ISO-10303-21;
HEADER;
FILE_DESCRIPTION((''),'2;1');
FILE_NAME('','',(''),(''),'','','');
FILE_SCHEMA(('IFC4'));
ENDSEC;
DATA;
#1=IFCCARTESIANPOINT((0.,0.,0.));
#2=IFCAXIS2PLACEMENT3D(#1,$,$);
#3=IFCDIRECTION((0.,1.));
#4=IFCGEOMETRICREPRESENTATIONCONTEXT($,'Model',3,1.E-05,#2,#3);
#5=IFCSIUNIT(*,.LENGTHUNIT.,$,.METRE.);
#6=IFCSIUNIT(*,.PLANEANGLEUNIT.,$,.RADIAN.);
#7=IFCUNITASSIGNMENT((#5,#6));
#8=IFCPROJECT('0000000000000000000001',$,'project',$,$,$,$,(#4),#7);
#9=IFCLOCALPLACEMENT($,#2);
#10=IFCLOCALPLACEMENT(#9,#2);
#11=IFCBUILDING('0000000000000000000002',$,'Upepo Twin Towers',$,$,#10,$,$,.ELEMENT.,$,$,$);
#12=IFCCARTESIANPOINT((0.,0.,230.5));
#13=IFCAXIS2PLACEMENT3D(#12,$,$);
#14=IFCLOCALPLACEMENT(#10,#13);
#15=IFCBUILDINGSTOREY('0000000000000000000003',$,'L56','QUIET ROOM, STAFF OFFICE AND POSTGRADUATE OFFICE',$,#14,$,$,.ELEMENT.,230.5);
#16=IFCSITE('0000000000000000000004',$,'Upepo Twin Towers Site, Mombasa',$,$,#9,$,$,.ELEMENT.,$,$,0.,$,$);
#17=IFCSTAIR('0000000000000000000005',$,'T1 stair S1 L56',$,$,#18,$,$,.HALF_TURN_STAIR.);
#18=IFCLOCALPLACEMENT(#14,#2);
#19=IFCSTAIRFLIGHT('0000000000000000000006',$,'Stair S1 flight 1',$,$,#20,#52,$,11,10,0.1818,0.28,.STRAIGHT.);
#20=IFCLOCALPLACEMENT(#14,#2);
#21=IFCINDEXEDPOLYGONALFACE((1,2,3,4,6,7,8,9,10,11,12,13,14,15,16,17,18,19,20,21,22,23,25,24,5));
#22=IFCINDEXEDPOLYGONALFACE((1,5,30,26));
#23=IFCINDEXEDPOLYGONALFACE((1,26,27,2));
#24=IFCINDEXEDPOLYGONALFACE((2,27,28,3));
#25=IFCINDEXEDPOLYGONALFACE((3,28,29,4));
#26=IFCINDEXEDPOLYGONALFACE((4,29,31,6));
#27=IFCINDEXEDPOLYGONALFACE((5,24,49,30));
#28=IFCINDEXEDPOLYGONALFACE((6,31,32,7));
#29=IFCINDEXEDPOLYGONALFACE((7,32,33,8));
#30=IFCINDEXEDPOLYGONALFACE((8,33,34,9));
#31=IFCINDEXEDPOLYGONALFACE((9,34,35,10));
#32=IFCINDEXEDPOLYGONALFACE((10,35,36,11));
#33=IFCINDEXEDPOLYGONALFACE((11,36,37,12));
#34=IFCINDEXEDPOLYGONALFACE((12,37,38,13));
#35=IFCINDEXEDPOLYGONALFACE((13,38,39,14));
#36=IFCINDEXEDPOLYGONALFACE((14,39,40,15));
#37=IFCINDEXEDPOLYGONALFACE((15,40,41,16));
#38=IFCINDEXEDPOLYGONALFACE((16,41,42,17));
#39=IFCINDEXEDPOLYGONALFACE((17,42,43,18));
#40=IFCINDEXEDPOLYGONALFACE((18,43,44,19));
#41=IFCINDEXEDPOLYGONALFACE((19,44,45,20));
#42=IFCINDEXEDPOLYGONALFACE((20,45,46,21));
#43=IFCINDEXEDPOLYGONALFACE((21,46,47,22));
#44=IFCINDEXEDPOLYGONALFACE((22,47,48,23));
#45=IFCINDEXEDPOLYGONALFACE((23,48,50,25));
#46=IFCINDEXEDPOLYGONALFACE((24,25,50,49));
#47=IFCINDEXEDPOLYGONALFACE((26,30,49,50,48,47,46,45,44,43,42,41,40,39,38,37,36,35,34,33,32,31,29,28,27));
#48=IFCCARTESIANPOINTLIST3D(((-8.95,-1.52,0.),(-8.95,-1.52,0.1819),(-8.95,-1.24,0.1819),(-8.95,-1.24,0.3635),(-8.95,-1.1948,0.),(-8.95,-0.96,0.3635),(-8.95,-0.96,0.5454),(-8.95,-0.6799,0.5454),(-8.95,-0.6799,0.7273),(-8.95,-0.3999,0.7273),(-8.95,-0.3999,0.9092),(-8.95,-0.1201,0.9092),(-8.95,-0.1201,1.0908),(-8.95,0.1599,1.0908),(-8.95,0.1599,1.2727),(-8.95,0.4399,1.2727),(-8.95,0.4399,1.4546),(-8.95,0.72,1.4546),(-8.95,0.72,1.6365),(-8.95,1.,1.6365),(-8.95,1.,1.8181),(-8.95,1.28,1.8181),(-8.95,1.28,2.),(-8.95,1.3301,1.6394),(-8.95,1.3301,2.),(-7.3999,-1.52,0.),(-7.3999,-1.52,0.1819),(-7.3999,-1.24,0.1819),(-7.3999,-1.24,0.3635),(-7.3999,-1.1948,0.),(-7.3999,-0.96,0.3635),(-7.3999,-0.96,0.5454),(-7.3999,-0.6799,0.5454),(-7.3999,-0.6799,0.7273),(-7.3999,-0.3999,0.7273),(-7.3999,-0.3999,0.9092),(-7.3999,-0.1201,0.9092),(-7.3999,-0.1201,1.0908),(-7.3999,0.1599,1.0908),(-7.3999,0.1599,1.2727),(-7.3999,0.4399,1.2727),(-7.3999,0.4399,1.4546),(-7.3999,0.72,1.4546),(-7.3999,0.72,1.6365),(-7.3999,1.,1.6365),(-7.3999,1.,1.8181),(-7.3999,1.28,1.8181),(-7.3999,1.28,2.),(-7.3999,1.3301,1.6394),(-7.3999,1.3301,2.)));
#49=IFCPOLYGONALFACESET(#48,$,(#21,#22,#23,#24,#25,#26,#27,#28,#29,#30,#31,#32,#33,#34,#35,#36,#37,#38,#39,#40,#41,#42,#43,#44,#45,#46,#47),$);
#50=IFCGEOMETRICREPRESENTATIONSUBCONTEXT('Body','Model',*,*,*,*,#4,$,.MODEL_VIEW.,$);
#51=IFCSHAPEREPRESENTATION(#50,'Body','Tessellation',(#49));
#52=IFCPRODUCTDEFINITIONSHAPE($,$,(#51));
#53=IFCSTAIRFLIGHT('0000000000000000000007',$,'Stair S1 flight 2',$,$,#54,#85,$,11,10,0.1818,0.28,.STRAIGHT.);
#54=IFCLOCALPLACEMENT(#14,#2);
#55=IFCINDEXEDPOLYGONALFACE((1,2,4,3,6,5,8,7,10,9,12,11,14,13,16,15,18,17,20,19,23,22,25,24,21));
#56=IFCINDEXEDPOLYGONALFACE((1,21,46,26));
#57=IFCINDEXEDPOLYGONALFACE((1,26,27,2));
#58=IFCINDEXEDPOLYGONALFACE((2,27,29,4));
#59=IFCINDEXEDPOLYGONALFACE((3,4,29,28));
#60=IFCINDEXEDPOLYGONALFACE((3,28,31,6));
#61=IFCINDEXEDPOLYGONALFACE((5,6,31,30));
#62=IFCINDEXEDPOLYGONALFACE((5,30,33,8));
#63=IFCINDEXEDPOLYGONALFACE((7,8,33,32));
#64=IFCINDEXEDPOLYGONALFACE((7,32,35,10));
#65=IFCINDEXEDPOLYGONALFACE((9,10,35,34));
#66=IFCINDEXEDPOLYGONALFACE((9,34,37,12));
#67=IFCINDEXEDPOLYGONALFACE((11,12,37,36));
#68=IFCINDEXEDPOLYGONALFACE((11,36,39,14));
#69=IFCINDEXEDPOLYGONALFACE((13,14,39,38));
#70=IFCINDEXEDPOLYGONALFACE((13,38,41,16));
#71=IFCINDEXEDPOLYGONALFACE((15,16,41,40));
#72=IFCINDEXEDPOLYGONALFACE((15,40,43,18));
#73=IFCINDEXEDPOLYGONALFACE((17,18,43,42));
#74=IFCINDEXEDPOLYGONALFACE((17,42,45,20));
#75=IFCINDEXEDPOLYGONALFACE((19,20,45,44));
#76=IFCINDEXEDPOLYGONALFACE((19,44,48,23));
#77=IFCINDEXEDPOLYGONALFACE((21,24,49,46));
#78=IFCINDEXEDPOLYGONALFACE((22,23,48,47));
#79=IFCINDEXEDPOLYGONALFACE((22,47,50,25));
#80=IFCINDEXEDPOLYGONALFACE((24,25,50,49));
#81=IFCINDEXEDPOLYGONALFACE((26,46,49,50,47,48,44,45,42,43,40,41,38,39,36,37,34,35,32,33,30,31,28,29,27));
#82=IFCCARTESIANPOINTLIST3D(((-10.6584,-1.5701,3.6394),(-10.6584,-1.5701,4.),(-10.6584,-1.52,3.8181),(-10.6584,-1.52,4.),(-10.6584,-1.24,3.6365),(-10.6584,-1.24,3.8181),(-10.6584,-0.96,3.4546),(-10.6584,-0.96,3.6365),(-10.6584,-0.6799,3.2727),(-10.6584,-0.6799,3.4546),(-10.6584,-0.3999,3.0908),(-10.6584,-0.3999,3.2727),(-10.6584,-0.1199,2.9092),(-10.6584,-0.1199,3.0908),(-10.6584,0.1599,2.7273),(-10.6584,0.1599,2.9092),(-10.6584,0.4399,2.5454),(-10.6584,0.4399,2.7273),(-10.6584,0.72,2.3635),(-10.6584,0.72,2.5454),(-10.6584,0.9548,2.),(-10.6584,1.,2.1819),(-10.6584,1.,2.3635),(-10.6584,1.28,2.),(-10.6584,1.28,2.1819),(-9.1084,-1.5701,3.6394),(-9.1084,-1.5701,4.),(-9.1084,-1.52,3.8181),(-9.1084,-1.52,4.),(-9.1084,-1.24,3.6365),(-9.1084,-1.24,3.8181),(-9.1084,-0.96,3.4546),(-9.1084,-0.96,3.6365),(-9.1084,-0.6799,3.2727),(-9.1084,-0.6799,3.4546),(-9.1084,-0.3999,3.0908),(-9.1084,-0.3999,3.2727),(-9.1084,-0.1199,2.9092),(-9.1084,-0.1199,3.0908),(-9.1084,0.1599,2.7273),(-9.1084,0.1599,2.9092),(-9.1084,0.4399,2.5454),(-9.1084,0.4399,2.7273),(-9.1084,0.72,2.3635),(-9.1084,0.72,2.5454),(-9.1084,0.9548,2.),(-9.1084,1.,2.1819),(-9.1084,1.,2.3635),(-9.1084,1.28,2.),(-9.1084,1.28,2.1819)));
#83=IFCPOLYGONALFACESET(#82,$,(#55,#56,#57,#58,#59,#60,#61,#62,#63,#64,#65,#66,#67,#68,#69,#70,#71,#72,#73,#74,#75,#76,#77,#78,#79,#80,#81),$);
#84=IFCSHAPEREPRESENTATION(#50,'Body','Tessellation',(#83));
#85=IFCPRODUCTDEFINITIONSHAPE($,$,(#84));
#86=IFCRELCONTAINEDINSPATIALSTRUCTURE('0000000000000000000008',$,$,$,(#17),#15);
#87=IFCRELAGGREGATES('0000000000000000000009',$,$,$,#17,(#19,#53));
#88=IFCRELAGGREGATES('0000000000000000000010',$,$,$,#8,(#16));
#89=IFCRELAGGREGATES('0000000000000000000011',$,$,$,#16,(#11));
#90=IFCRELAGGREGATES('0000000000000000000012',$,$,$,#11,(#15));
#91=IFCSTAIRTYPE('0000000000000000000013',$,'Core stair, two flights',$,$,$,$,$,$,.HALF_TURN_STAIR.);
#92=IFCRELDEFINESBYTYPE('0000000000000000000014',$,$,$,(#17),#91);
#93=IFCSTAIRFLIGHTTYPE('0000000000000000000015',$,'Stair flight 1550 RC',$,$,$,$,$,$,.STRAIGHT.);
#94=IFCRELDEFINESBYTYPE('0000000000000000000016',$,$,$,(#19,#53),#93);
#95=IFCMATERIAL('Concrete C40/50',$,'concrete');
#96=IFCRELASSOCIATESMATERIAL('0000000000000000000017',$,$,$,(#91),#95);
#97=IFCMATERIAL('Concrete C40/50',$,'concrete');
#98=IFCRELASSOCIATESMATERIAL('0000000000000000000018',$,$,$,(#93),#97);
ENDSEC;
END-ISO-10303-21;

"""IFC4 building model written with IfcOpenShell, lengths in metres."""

from ifc_helpers import new_model, si_unit, direction, frame, origin, place, context, subcontext, project, spatial, polyline, outline, extrude, material, type_object, element, aggregate, save


model = new_model("IFC4")

# Units and contexts
model_context = context("Model", 3, precision=1e-05, world=origin(), true_north=direction((0.0, 1.0)))
body_context = subcontext(model_context, "Body", "Model", "MODEL_VIEW")
ifc_project = project(units=[si_unit("LENGTHUNIT", "METRE"), si_unit("PLANEANGLEUNIT", "RADIAN")], contexts=[model_context])

# Site, building, storey
site_placement = place(None, origin())
site = spatial("IfcSite", under=ifc_project, at=site_placement, Name="Upepo Twin Towers Site, Mombasa", CompositionType="ELEMENT", RefElevation=0.0)
building_placement = place(site_placement, origin())
building = spatial("IfcBuilding", under=site, at=building_placement, Name="Upepo Twin Towers", CompositionType="ELEMENT")
storey_placement = place(building_placement, frame((0.0, 0.0, 230.5)))
storey = spatial("IfcBuildingStorey", under=building, at=storey_placement, Name="L56", Description="QUIET ROOM, STAFF OFFICE AND POSTGRADUATE OFFICE", CompositionType="ELEMENT", Elevation=230.5)

# Stair
ifc_material_1 = material(Name="Concrete C40/50", Category="concrete")
stair_type = type_object("IfcStairType", Name="Core stair, two flights", PredefinedType="HALF_TURN_STAIR", material=ifc_material_1)
stair_placement = place(storey_placement, origin())
stair = element("IfcStair", 1, at=stair_placement, inside=storey, type_object=stair_type, Name="T1 stair S1 L56", PredefinedType="HALF_TURN_STAIR")

# Stair flights
ifc_material_2 = material(Name="Concrete C40/50", Category="concrete")
stair_flight_type = type_object("IfcStairFlightType", Name="Stair flight 1550 RC", PredefinedType="STRAIGHT", material=ifc_material_2)
stair_flight_1_placement = place(storey_placement, frame((-8.175, -1.52, 0.0), z_axis=(0.0, 0.0, 1.0), x_axis=(0.0, 1.0, 0.0)))
stair_flight_1 = element("IfcStairFlight", 2, at=stair_flight_1_placement, type_object=stair_flight_type, Name="Stair S1 flight 1", NumberOfRisers=11, NumberOfTreads=10, PredefinedType="STRAIGHT", RiserHeight=0.1818, TreadLength=0.28, context=body_context, shape_type="SweptSolid", body=[
    extrude(outline(polyline([(0.0, 0.0), (0.0, 0.1819), (0.28, 0.1819), (0.28, 0.3635), (0.5601, 0.3635), (0.5601, 0.5454), (0.8401, 0.5454), (0.8401, 0.7273), (1.1201, 0.7273), (1.1201, 0.9092), (1.3999, 0.9092), (1.3999, 1.0908), (1.6799, 1.0908), (1.6799, 1.2727), (1.96, 1.2727), (1.96, 1.4546), (2.24, 1.4546), (2.24, 1.6365), (2.52, 1.6365), (2.52, 1.8181), (2.8, 1.8181), (2.8, 2.0), (2.8501, 2.0), (2.8501, 1.6394), (0.3252, 0.0), (0.0, 0.0)])), frame((0.0, 0.7749, 0.0), z_axis=(0.0, -1.0, 0.0), x_axis=(1.0, 0.0, 0.0)), (0.0, 0.0, 1.0), 1.55),
])
stair_flight_2_placement = place(storey_placement, frame((-9.8833, 1.28, 2.0), z_axis=(0.0, 0.0, 1.0), x_axis=(0.0, -1.0, 0.0)))
stair_flight_2 = element("IfcStairFlight", 3, at=stair_flight_2_placement, type_object=stair_flight_type, Name="Stair S1 flight 2", NumberOfRisers=11, NumberOfTreads=10, PredefinedType="STRAIGHT", RiserHeight=0.1818, TreadLength=0.28, context=body_context, shape_type="SweptSolid", body=[
    extrude(outline(polyline([(0.0, 0.0), (0.0, 0.1819), (0.28, 0.1819), (0.28, 0.3635), (0.5601, 0.3635), (0.5601, 0.5454), (0.8401, 0.5454), (0.8401, 0.7273), (1.1201, 0.7273), (1.1201, 0.9092), (1.3999, 0.9092), (1.3999, 1.0908), (1.6799, 1.0908), (1.6799, 1.2727), (1.96, 1.2727), (1.96, 1.4546), (2.24, 1.4546), (2.24, 1.6365), (2.52, 1.6365), (2.52, 1.8181), (2.8, 1.8181), (2.8, 2.0), (2.8501, 2.0), (2.8501, 1.6394), (0.3252, 0.0), (0.0, 0.0)])), frame((0.0, 0.7749, 0.0), z_axis=(0.0, -1.0, 0.0), x_axis=(1.0, 0.0, 0.0)), (0.0, 0.0, 1.0), 1.55),
])
aggregate(stair, [stair_flight_1, stair_flight_2])

save(model, "model.ifc")
